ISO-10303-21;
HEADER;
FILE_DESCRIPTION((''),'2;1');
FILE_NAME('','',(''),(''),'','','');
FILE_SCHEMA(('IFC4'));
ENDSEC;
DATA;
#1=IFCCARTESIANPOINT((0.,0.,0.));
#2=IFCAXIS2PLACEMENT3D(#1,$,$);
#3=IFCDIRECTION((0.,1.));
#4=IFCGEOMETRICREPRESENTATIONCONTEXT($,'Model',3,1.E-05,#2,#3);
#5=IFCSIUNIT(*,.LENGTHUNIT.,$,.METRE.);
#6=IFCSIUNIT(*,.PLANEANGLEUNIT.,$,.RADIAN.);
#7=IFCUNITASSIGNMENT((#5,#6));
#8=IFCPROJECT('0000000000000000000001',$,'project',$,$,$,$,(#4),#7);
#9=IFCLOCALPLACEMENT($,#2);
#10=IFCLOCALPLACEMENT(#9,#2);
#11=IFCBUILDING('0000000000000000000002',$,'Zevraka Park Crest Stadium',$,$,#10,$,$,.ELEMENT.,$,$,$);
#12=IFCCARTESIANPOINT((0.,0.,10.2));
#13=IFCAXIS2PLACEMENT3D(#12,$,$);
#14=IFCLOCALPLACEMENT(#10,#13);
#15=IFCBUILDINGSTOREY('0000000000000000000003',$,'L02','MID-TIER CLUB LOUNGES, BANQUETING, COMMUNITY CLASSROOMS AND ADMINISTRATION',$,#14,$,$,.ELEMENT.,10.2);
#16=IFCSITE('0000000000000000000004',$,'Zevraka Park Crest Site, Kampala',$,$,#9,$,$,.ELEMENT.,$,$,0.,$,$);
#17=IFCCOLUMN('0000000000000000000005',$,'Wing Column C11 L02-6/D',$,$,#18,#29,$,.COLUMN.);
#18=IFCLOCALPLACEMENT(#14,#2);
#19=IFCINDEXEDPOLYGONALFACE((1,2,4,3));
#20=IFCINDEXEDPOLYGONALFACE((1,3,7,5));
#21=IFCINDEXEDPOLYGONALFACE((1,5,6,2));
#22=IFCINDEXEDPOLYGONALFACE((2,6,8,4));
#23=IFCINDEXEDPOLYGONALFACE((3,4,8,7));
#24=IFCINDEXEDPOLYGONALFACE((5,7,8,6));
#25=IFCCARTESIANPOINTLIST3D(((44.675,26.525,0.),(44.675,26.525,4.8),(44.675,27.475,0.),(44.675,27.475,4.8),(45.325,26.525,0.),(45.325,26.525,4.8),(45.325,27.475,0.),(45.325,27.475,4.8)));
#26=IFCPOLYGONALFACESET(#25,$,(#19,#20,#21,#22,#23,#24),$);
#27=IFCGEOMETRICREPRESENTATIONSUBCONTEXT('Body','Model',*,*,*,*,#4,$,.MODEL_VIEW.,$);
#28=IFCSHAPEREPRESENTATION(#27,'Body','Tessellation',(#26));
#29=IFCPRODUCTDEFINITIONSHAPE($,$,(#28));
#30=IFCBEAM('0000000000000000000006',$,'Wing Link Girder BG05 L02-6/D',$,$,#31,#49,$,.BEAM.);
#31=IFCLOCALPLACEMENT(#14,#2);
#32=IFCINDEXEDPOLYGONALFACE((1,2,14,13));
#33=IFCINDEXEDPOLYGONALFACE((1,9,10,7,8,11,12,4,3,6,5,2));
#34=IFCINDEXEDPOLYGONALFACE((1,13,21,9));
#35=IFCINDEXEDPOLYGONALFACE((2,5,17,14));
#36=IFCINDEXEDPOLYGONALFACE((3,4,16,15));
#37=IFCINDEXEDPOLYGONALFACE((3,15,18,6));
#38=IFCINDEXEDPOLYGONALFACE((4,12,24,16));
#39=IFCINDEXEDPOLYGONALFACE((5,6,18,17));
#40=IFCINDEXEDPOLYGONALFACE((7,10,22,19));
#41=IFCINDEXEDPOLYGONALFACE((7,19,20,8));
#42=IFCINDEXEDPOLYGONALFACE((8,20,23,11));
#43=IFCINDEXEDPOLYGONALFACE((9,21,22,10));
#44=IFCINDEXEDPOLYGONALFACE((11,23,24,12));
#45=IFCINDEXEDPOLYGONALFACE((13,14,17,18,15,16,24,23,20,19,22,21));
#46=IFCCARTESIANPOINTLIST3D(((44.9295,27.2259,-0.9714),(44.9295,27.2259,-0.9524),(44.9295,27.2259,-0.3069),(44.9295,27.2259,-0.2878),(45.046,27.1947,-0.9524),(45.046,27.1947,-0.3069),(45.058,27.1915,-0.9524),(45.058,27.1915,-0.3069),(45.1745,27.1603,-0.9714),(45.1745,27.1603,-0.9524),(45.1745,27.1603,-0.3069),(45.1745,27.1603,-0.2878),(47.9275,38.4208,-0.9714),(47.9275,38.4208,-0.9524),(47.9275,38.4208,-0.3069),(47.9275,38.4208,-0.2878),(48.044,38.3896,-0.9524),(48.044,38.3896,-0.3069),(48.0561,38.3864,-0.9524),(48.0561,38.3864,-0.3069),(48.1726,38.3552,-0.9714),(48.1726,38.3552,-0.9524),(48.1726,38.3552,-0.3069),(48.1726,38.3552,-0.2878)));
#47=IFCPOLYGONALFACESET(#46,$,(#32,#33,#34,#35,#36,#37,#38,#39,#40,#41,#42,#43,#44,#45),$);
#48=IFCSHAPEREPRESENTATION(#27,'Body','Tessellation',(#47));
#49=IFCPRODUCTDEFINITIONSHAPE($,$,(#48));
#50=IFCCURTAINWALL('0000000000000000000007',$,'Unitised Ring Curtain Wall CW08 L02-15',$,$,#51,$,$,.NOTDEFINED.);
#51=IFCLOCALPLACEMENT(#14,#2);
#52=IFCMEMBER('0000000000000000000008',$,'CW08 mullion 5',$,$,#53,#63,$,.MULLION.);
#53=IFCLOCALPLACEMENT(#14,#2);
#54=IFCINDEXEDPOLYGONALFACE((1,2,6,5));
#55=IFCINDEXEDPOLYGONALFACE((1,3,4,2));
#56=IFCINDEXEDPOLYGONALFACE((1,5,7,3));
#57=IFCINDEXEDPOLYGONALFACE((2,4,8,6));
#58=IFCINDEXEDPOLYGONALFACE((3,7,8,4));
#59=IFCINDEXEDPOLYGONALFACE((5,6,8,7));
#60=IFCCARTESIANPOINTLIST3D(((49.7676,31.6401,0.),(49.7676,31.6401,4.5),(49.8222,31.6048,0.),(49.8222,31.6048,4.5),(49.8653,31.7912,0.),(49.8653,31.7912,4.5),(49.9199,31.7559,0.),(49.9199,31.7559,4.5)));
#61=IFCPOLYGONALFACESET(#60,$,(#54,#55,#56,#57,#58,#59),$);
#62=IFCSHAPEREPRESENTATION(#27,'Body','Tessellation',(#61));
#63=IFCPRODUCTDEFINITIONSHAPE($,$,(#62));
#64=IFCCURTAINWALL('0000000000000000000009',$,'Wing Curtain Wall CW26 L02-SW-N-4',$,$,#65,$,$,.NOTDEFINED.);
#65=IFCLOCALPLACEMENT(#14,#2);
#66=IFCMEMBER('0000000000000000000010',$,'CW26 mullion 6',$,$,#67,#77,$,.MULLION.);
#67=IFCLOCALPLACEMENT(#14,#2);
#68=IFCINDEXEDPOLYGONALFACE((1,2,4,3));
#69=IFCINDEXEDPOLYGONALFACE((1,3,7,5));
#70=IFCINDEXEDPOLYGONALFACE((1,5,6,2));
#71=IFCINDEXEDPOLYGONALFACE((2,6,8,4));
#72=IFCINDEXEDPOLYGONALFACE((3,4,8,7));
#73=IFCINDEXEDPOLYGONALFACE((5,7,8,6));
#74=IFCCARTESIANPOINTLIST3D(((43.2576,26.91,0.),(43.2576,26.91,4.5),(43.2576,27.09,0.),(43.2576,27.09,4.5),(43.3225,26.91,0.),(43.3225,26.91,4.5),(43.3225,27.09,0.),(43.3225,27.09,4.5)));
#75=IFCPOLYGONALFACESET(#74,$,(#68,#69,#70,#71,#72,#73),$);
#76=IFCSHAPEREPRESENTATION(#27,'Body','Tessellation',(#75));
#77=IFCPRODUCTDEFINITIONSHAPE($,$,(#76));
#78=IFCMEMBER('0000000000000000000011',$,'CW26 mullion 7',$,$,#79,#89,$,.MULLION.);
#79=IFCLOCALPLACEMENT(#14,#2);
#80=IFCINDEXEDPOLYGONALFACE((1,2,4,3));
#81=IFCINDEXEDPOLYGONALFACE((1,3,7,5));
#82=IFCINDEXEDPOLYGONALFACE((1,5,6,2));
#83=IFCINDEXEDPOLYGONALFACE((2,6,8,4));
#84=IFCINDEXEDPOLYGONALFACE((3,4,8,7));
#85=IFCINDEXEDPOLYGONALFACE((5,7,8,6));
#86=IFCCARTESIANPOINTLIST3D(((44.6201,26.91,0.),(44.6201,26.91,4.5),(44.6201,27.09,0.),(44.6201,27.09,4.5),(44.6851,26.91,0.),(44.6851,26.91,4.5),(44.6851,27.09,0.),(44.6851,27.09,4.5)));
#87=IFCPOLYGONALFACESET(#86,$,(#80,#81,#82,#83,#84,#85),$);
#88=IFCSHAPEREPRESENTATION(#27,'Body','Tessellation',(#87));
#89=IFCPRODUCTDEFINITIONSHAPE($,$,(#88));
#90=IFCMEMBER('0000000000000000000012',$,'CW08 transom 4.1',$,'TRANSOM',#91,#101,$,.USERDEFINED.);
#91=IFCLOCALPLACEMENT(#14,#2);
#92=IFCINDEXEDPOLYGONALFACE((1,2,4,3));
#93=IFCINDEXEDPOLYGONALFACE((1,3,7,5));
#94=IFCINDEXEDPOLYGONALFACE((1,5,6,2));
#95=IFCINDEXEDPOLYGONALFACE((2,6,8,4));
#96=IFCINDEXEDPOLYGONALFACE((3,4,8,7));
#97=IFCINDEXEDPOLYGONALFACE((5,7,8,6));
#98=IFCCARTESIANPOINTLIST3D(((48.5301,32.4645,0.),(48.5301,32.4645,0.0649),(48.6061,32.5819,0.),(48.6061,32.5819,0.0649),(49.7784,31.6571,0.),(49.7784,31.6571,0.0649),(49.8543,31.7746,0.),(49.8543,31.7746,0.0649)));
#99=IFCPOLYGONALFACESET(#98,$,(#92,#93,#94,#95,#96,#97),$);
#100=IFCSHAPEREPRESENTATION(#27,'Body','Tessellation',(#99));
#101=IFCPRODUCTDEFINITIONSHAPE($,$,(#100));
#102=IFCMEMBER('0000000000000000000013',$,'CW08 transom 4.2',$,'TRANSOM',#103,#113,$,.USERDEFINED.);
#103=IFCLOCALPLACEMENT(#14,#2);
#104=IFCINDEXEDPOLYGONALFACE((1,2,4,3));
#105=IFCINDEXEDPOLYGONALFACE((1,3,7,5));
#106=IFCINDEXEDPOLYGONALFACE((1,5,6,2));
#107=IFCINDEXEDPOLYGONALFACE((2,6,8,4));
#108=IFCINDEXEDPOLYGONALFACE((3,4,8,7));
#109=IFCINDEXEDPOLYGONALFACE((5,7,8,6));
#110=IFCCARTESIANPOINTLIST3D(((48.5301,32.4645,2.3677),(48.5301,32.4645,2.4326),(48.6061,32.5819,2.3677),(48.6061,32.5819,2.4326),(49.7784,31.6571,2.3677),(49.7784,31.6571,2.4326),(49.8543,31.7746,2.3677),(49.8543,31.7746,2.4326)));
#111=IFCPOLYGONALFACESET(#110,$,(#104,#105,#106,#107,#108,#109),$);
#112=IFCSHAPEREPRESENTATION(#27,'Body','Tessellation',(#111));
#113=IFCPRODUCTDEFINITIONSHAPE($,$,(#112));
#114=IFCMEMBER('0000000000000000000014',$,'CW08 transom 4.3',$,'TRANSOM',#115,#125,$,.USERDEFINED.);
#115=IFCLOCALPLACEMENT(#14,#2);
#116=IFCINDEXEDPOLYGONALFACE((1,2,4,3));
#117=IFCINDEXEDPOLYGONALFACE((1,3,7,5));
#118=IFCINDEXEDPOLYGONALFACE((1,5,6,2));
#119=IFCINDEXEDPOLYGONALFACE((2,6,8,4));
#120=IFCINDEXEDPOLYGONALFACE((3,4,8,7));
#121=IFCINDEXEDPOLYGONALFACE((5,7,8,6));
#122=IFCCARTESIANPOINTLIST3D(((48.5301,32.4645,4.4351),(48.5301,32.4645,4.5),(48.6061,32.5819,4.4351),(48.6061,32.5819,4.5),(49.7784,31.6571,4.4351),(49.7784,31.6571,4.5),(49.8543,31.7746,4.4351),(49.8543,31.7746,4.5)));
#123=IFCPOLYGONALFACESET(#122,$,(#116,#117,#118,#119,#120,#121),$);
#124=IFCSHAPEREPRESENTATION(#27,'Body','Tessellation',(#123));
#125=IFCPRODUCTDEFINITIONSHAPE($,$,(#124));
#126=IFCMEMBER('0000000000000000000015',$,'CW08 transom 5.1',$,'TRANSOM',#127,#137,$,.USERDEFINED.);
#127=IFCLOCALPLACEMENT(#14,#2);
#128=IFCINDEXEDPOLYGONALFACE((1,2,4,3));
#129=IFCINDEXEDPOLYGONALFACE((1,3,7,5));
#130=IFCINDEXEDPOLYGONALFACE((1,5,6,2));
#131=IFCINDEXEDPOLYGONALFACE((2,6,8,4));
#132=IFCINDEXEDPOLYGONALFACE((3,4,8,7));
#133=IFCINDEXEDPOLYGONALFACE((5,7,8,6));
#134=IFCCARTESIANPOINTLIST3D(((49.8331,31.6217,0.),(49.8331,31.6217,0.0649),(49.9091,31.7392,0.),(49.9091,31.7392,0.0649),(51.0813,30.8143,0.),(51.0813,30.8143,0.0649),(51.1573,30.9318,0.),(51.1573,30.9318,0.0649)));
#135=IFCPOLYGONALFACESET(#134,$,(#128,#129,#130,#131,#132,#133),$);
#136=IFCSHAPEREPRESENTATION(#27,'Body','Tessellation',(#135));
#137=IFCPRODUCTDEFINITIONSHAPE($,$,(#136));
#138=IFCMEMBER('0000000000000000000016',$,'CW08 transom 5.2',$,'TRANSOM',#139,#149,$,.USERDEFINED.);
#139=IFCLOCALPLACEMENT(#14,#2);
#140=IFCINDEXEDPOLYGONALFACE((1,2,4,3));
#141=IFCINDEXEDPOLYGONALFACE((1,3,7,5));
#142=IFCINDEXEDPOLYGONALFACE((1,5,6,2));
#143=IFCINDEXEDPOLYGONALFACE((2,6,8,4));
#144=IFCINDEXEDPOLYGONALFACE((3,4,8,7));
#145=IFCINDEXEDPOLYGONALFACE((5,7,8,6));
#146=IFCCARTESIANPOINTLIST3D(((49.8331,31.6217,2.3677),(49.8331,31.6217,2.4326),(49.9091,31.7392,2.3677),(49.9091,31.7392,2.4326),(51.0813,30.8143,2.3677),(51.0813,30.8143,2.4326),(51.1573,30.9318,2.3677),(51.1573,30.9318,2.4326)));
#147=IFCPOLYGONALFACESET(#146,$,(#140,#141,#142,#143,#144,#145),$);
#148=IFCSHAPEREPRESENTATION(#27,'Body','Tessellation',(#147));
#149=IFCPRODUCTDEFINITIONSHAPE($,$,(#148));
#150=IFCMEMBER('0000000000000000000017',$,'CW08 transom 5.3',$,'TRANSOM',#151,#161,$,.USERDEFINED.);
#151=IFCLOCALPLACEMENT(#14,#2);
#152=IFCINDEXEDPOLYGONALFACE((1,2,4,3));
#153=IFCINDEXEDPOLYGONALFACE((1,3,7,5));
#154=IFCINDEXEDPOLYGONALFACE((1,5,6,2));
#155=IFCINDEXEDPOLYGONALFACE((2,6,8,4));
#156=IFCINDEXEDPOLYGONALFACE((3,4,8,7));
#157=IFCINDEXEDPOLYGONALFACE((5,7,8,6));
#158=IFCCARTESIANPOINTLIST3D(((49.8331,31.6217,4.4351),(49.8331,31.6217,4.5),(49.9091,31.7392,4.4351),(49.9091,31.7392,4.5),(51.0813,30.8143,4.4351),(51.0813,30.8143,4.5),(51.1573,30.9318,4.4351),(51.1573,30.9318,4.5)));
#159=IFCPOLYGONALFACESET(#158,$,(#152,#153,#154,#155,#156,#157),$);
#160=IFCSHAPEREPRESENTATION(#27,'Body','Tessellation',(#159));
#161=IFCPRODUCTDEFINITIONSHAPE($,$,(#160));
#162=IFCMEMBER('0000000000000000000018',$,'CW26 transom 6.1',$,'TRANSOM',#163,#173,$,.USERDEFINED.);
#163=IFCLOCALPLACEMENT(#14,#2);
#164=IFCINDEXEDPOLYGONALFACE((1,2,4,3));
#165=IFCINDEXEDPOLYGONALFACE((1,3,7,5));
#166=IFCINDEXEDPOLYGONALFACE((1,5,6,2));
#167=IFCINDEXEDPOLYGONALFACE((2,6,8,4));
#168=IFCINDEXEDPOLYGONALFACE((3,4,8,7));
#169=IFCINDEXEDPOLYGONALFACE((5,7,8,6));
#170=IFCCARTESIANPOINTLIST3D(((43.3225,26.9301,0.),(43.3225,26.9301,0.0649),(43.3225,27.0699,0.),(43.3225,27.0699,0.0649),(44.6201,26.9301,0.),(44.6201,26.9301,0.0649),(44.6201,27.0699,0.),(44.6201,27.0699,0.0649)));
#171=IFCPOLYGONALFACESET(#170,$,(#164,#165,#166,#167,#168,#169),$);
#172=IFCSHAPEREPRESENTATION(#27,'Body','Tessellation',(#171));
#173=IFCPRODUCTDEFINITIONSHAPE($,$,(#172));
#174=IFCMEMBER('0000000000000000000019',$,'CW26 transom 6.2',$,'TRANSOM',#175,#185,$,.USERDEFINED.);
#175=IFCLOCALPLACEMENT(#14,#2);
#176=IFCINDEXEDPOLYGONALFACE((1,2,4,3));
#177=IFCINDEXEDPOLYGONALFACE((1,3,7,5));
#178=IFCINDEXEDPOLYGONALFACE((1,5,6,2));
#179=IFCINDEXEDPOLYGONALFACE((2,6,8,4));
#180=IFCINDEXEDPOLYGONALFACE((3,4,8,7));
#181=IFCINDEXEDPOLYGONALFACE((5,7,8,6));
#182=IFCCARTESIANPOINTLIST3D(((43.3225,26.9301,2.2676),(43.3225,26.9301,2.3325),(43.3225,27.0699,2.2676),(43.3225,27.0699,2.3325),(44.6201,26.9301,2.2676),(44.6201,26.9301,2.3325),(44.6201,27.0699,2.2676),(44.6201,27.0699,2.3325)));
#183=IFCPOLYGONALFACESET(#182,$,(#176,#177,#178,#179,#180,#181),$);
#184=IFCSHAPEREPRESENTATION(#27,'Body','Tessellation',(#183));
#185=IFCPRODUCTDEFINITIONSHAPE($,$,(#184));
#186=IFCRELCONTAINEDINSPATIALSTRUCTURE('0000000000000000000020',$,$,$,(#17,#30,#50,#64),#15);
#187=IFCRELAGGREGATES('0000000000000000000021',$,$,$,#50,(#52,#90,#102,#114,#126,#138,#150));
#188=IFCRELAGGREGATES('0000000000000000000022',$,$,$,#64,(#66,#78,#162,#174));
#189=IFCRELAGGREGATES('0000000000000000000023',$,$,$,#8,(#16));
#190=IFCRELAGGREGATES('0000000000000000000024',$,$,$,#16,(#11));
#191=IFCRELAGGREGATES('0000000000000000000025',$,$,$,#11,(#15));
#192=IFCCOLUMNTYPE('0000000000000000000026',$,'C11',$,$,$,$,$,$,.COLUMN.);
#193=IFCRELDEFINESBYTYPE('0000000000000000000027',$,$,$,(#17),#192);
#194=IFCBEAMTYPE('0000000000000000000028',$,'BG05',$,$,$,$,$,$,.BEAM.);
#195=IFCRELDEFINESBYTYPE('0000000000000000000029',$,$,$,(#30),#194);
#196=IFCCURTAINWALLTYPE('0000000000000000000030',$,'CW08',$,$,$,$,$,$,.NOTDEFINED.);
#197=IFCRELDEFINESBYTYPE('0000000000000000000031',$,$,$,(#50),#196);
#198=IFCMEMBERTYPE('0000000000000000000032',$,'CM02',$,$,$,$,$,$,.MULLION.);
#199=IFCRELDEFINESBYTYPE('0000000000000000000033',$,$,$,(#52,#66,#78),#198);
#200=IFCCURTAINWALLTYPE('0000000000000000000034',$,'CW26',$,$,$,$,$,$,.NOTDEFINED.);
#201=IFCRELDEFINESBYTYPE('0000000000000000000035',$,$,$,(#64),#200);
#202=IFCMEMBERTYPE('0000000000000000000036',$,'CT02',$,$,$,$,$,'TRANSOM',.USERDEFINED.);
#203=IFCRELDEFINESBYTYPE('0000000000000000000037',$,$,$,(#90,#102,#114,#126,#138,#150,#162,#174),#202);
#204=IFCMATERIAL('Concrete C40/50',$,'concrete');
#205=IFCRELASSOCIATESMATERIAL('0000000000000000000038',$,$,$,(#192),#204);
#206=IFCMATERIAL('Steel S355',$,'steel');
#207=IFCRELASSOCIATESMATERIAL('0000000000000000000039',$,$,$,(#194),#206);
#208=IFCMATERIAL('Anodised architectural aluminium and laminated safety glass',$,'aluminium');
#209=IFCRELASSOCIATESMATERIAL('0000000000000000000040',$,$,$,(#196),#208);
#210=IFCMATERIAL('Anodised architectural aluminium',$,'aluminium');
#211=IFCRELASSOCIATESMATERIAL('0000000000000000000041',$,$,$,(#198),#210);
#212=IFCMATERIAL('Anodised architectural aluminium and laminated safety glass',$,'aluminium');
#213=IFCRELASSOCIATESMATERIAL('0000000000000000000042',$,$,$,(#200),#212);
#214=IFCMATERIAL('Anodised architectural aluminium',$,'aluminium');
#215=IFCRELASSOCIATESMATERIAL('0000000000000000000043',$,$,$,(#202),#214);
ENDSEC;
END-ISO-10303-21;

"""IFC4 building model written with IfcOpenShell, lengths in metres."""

from ifc_helpers import new_model, si_unit, direction, frame, origin, origin_2d, place, context, subcontext, project, spatial, rectangle, i_section, extrude, material, material_profile, profile_set, type_object, element, aggregate, save


model = new_model("IFC4")

# Units and contexts
model_context = context("Model", 3, precision=1e-05, world=origin(), true_north=direction((0.0, 1.0)))
body_context = subcontext(model_context, "Body", "Model", "MODEL_VIEW")
ifc_project = project(units=[si_unit("LENGTHUNIT", "METRE"), si_unit("PLANEANGLEUNIT", "RADIAN")], contexts=[model_context])

# Site, building, storey
site_placement = place(None, origin())
site = spatial("IfcSite", under=ifc_project, at=site_placement, Name="Zevraka Park Crest Site, Kampala", CompositionType="ELEMENT", RefElevation=0.0)
building_placement = place(site_placement, origin())
building = spatial("IfcBuilding", under=site, at=building_placement, Name="Zevraka Park Crest Stadium", CompositionType="ELEMENT")
storey_placement = place(building_placement, frame((0.0, 0.0, 10.2)))
storey = spatial("IfcBuildingStorey", under=building, at=storey_placement, Name="L02", Description="MID-TIER CLUB LOUNGES, BANQUETING, COMMUNITY CLASSROOMS AND ADMINISTRATION", CompositionType="ELEMENT", Elevation=10.2)

# Column
ifc_material_1 = material(Name="Concrete C40/50", Category="concrete")
ifc_material_profile_1 = material_profile(ifc_material_1, rectangle(XDim=0.6499, YDim=0.95, at=origin_2d()), Name="RC 950x650")
ifc_profile_set_1 = profile_set([ifc_material_profile_1], Name="Concrete C40/50")
column_type = type_object("IfcColumnType", Name="C11", PredefinedType="COLUMN", material=ifc_profile_set_1)
column_placement = place(storey_placement, frame((45.0, 27.0, 0.0), z_axis=(0.0, 0.0, 1.0), x_axis=(1.0, 0.0, 0.0)))
element("IfcColumn", 1, at=column_placement, inside=storey, type_object=column_type, Name="Wing Column C11 L02-6/D", PredefinedType="COLUMN", context=body_context, shape_type="SweptSolid", body=[
    extrude(rectangle(XDim=0.6499, YDim=0.95, at=origin_2d()), origin(), (0.0, 0.0, 1.0), 4.8),
])

# Beam
ifc_material_2 = material(Name="Steel S355", Category="steel")
ifc_material_profile_2 = material_profile(ifc_material_2, i_section(OverallWidth=0.2537, OverallDepth=0.6836, WebThickness=0.0125, FlangeThickness=0.019, at=origin_2d()), Name="UKB 686x254x140")
ifc_profile_set_2 = profile_set([ifc_material_profile_2], Name="Steel S355")
beam_type = type_object("IfcBeamType", Name="BG05", PredefinedType="BEAM", material=ifc_profile_set_2)
beam_placement = place(storey_placement, frame((45.052, 27.1931, -0.6296), z_axis=(0.25869, 0.96596, 0.0), x_axis=(-0.96596, 0.25869, 0.0)))
element("IfcBeam", 2, at=beam_placement, inside=storey, type_object=beam_type, Name="Wing Link Girder BG05 L02-6/D", PredefinedType="BEAM", context=body_context, shape_type="SweptSolid", body=[
    extrude(i_section(OverallWidth=0.2537, OverallDepth=0.6836, WebThickness=0.0125, FlangeThickness=0.019, at=origin_2d()), origin(), (0.0, 0.0, 1.0), 11.5894),
])

# Curtain wall, member
ifc_material_3 = material(Name="Anodised architectural aluminium and laminated safety glass", Category="aluminium")
curtain_wall_type_1 = type_object("IfcCurtainWallType", Name="CW08", PredefinedType="NOTDEFINED", material=ifc_material_3)
curtain_wall_1_placement = place(storey_placement, origin())
curtain_wall_1 = element("IfcCurtainWall", 3, at=curtain_wall_1_placement, inside=storey, type_object=curtain_wall_type_1, Name="Unitised Ring Curtain Wall CW08 L02-15", PredefinedType="NOTDEFINED")
ifc_material_4 = material(Name="Anodised architectural aluminium", Category="aluminium")
ifc_material_profile_3 = material_profile(ifc_material_4, rectangle(XDim=0.1799, YDim=0.0649, at=origin_2d()), Name="ALU MULLION 180x65")
ifc_profile_set_3 = profile_set([ifc_material_profile_3], Name="Anodised architectural aluminium")
member_type_1 = type_object("IfcMemberType", Name="CM02", PredefinedType="MULLION", material=ifc_profile_set_3)
member_1_placement = place(storey_placement, frame((49.8438, 31.698, 0.0), z_axis=(0.0, 0.0, 1.0), x_axis=(0.543096, 0.83967, 0.0)))
member_1 = element("IfcMember", 4, at=member_1_placement, type_object=member_type_1, Name="CW08 mullion 5", PredefinedType="MULLION", context=body_context, shape_type="SweptSolid", body=[
    extrude(rectangle(XDim=0.1799, YDim=0.0649, at=origin_2d()), origin(), (0.0, 0.0, 1.0), 4.5),
])

# Curtain wall, members
ifc_material_5 = material(Name="Anodised architectural aluminium and laminated safety glass", Category="aluminium")
curtain_wall_type_2 = type_object("IfcCurtainWallType", Name="CW26", PredefinedType="NOTDEFINED", material=ifc_material_5)
curtain_wall_2_placement = place(storey_placement, origin())
curtain_wall_2 = element("IfcCurtainWall", 5, at=curtain_wall_2_placement, inside=storey, type_object=curtain_wall_type_2, Name="Wing Curtain Wall CW26 L02-SW-N-4", PredefinedType="NOTDEFINED")
member_2_placement = place(storey_placement, frame((43.29, 27.0, 0.0), z_axis=(0.0, 0.0, 1.0), x_axis=(0.0, 1.0, 0.0)))
member_2 = element("IfcMember", 6, at=member_2_placement, type_object=member_type_1, Name="CW26 mullion 6", PredefinedType="MULLION", context=body_context, shape_type="SweptSolid", body=[
    extrude(rectangle(XDim=0.1799, YDim=0.0649, at=origin_2d()), origin(), (0.0, 0.0, 1.0), 4.5),
])
member_3_placement = place(storey_placement, frame((44.6526, 27.0, 0.0), z_axis=(0.0, 0.0, 1.0), x_axis=(0.0, 1.0, 0.0)))
member_3 = element("IfcMember", 7, at=member_3_placement, type_object=member_type_1, Name="CW26 mullion 7", PredefinedType="MULLION", context=body_context, shape_type="SweptSolid", body=[
    extrude(rectangle(XDim=0.1799, YDim=0.0649, at=origin_2d()), origin(), (0.0, 0.0, 1.0), 4.5),
])

# Members
ifc_material_6 = material(Name="Anodised architectural aluminium", Category="aluminium")
ifc_material_profile_4 = material_profile(ifc_material_6, rectangle(XDim=0.1399, YDim=0.0649, at=origin_2d()), Name="ALU TRANSOM 140x65")
ifc_profile_set_4 = profile_set([ifc_material_profile_4], Name="Anodised architectural aluminium")
member_type_2 = type_object("IfcMemberType", Name="CT02", ElementType="TRANSOM", PredefinedType="USERDEFINED", material=ifc_profile_set_4)
member_4_placement = place(storey_placement, frame((48.5681, 32.5232, 0.0325), z_axis=(0.839676, -0.543088, 0.0), x_axis=(0.543088, 0.839676, 0.0)))
member_4 = element("IfcMember", 8, at=member_4_placement, type_object=member_type_2, Name="CW08 transom 4.1", ObjectType="TRANSOM", PredefinedType="USERDEFINED", context=body_context, shape_type="SweptSolid", body=[
    extrude(rectangle(XDim=0.1399, YDim=0.0649, at=origin_2d()), origin(), (0.0, 0.0, 1.0), 1.4866),
])
member_5_placement = place(storey_placement, frame((48.5681, 32.5232, 2.4001), z_axis=(0.839676, -0.543088, 0.0), x_axis=(0.543088, 0.839676, 0.0)))
member_5 = element("IfcMember", 9, at=member_5_placement, type_object=member_type_2, Name="CW08 transom 4.2", ObjectType="TRANSOM", PredefinedType="USERDEFINED", context=body_context, shape_type="SweptSolid", body=[
    extrude(rectangle(XDim=0.1399, YDim=0.0649, at=origin_2d()), origin(), (0.0, 0.0, 1.0), 1.4866),
])
member_6_placement = place(storey_placement, frame((48.5681, 32.5232, 4.4675), z_axis=(0.839676, -0.543088, 0.0), x_axis=(0.543088, 0.839676, 0.0)))
member_6 = element("IfcMember", 10, at=member_6_placement, type_object=member_type_2, Name="CW08 transom 4.3", ObjectType="TRANSOM", PredefinedType="USERDEFINED", context=body_context, shape_type="SweptSolid", body=[
    extrude(rectangle(XDim=0.1399, YDim=0.0649, at=origin_2d()), origin(), (0.0, 0.0, 1.0), 1.4866),
])
member_7_placement = place(storey_placement, frame((49.8711, 31.6804, 0.0325), z_axis=(0.839676, -0.543088, 0.0), x_axis=(0.543088, 0.839676, 0.0)))
member_7 = element("IfcMember", 11, at=member_7_placement, type_object=member_type_2, Name="CW08 transom 5.1", ObjectType="TRANSOM", PredefinedType="USERDEFINED", context=body_context, shape_type="SweptSolid", body=[
    extrude(rectangle(XDim=0.1399, YDim=0.0649, at=origin_2d()), origin(), (0.0, 0.0, 1.0), 1.4866),
])
member_8_placement = place(storey_placement, frame((49.8711, 31.6804, 2.4001), z_axis=(0.839676, -0.543088, 0.0), x_axis=(0.543088, 0.839676, 0.0)))
member_8 = element("IfcMember", 12, at=member_8_placement, type_object=member_type_2, Name="CW08 transom 5.2", ObjectType="TRANSOM", PredefinedType="USERDEFINED", context=body_context, shape_type="SweptSolid", body=[
    extrude(rectangle(XDim=0.1399, YDim=0.0649, at=origin_2d()), origin(), (0.0, 0.0, 1.0), 1.4866),
])
member_9_placement = place(storey_placement, frame((49.8711, 31.6804, 4.4675), z_axis=(0.839676, -0.543088, 0.0), x_axis=(0.543088, 0.839676, 0.0)))
member_9 = element("IfcMember", 13, at=member_9_placement, type_object=member_type_2, Name="CW08 transom 5.3", ObjectType="TRANSOM", PredefinedType="USERDEFINED", context=body_context, shape_type="SweptSolid", body=[
    extrude(rectangle(XDim=0.1399, YDim=0.0649, at=origin_2d()), origin(), (0.0, 0.0, 1.0), 1.4866),
])
member_10_placement = place(storey_placement, frame((43.3225, 27.0, 0.0325), z_axis=(1.0, 0.0, 0.0), x_axis=(0.0, 1.0, 0.0)))
member_10 = element("IfcMember", 14, at=member_10_placement, type_object=member_type_2, Name="CW26 transom 6.1", ObjectType="TRANSOM", PredefinedType="USERDEFINED", context=body_context, shape_type="SweptSolid", body=[
    extrude(rectangle(XDim=0.1399, YDim=0.0649, at=origin_2d()), origin(), (0.0, 0.0, 1.0), 1.2976),
])
member_11_placement = place(storey_placement, frame((43.3225, 27.0, 2.3), z_axis=(1.0, 0.0, 0.0), x_axis=(0.0, 1.0, 0.0)))
member_11 = element("IfcMember", 15, at=member_11_placement, type_object=member_type_2, Name="CW26 transom 6.2", ObjectType="TRANSOM", PredefinedType="USERDEFINED", context=body_context, shape_type="SweptSolid", body=[
    extrude(rectangle(XDim=0.1399, YDim=0.0649, at=origin_2d()), origin(), (0.0, 0.0, 1.0), 1.2976),
])

aggregate(curtain_wall_1, [member_1, member_4, member_5, member_6, member_7, member_8, member_9])
aggregate(curtain_wall_2, [member_2, member_3, member_10, member_11])

save(model, "model.ifc")
